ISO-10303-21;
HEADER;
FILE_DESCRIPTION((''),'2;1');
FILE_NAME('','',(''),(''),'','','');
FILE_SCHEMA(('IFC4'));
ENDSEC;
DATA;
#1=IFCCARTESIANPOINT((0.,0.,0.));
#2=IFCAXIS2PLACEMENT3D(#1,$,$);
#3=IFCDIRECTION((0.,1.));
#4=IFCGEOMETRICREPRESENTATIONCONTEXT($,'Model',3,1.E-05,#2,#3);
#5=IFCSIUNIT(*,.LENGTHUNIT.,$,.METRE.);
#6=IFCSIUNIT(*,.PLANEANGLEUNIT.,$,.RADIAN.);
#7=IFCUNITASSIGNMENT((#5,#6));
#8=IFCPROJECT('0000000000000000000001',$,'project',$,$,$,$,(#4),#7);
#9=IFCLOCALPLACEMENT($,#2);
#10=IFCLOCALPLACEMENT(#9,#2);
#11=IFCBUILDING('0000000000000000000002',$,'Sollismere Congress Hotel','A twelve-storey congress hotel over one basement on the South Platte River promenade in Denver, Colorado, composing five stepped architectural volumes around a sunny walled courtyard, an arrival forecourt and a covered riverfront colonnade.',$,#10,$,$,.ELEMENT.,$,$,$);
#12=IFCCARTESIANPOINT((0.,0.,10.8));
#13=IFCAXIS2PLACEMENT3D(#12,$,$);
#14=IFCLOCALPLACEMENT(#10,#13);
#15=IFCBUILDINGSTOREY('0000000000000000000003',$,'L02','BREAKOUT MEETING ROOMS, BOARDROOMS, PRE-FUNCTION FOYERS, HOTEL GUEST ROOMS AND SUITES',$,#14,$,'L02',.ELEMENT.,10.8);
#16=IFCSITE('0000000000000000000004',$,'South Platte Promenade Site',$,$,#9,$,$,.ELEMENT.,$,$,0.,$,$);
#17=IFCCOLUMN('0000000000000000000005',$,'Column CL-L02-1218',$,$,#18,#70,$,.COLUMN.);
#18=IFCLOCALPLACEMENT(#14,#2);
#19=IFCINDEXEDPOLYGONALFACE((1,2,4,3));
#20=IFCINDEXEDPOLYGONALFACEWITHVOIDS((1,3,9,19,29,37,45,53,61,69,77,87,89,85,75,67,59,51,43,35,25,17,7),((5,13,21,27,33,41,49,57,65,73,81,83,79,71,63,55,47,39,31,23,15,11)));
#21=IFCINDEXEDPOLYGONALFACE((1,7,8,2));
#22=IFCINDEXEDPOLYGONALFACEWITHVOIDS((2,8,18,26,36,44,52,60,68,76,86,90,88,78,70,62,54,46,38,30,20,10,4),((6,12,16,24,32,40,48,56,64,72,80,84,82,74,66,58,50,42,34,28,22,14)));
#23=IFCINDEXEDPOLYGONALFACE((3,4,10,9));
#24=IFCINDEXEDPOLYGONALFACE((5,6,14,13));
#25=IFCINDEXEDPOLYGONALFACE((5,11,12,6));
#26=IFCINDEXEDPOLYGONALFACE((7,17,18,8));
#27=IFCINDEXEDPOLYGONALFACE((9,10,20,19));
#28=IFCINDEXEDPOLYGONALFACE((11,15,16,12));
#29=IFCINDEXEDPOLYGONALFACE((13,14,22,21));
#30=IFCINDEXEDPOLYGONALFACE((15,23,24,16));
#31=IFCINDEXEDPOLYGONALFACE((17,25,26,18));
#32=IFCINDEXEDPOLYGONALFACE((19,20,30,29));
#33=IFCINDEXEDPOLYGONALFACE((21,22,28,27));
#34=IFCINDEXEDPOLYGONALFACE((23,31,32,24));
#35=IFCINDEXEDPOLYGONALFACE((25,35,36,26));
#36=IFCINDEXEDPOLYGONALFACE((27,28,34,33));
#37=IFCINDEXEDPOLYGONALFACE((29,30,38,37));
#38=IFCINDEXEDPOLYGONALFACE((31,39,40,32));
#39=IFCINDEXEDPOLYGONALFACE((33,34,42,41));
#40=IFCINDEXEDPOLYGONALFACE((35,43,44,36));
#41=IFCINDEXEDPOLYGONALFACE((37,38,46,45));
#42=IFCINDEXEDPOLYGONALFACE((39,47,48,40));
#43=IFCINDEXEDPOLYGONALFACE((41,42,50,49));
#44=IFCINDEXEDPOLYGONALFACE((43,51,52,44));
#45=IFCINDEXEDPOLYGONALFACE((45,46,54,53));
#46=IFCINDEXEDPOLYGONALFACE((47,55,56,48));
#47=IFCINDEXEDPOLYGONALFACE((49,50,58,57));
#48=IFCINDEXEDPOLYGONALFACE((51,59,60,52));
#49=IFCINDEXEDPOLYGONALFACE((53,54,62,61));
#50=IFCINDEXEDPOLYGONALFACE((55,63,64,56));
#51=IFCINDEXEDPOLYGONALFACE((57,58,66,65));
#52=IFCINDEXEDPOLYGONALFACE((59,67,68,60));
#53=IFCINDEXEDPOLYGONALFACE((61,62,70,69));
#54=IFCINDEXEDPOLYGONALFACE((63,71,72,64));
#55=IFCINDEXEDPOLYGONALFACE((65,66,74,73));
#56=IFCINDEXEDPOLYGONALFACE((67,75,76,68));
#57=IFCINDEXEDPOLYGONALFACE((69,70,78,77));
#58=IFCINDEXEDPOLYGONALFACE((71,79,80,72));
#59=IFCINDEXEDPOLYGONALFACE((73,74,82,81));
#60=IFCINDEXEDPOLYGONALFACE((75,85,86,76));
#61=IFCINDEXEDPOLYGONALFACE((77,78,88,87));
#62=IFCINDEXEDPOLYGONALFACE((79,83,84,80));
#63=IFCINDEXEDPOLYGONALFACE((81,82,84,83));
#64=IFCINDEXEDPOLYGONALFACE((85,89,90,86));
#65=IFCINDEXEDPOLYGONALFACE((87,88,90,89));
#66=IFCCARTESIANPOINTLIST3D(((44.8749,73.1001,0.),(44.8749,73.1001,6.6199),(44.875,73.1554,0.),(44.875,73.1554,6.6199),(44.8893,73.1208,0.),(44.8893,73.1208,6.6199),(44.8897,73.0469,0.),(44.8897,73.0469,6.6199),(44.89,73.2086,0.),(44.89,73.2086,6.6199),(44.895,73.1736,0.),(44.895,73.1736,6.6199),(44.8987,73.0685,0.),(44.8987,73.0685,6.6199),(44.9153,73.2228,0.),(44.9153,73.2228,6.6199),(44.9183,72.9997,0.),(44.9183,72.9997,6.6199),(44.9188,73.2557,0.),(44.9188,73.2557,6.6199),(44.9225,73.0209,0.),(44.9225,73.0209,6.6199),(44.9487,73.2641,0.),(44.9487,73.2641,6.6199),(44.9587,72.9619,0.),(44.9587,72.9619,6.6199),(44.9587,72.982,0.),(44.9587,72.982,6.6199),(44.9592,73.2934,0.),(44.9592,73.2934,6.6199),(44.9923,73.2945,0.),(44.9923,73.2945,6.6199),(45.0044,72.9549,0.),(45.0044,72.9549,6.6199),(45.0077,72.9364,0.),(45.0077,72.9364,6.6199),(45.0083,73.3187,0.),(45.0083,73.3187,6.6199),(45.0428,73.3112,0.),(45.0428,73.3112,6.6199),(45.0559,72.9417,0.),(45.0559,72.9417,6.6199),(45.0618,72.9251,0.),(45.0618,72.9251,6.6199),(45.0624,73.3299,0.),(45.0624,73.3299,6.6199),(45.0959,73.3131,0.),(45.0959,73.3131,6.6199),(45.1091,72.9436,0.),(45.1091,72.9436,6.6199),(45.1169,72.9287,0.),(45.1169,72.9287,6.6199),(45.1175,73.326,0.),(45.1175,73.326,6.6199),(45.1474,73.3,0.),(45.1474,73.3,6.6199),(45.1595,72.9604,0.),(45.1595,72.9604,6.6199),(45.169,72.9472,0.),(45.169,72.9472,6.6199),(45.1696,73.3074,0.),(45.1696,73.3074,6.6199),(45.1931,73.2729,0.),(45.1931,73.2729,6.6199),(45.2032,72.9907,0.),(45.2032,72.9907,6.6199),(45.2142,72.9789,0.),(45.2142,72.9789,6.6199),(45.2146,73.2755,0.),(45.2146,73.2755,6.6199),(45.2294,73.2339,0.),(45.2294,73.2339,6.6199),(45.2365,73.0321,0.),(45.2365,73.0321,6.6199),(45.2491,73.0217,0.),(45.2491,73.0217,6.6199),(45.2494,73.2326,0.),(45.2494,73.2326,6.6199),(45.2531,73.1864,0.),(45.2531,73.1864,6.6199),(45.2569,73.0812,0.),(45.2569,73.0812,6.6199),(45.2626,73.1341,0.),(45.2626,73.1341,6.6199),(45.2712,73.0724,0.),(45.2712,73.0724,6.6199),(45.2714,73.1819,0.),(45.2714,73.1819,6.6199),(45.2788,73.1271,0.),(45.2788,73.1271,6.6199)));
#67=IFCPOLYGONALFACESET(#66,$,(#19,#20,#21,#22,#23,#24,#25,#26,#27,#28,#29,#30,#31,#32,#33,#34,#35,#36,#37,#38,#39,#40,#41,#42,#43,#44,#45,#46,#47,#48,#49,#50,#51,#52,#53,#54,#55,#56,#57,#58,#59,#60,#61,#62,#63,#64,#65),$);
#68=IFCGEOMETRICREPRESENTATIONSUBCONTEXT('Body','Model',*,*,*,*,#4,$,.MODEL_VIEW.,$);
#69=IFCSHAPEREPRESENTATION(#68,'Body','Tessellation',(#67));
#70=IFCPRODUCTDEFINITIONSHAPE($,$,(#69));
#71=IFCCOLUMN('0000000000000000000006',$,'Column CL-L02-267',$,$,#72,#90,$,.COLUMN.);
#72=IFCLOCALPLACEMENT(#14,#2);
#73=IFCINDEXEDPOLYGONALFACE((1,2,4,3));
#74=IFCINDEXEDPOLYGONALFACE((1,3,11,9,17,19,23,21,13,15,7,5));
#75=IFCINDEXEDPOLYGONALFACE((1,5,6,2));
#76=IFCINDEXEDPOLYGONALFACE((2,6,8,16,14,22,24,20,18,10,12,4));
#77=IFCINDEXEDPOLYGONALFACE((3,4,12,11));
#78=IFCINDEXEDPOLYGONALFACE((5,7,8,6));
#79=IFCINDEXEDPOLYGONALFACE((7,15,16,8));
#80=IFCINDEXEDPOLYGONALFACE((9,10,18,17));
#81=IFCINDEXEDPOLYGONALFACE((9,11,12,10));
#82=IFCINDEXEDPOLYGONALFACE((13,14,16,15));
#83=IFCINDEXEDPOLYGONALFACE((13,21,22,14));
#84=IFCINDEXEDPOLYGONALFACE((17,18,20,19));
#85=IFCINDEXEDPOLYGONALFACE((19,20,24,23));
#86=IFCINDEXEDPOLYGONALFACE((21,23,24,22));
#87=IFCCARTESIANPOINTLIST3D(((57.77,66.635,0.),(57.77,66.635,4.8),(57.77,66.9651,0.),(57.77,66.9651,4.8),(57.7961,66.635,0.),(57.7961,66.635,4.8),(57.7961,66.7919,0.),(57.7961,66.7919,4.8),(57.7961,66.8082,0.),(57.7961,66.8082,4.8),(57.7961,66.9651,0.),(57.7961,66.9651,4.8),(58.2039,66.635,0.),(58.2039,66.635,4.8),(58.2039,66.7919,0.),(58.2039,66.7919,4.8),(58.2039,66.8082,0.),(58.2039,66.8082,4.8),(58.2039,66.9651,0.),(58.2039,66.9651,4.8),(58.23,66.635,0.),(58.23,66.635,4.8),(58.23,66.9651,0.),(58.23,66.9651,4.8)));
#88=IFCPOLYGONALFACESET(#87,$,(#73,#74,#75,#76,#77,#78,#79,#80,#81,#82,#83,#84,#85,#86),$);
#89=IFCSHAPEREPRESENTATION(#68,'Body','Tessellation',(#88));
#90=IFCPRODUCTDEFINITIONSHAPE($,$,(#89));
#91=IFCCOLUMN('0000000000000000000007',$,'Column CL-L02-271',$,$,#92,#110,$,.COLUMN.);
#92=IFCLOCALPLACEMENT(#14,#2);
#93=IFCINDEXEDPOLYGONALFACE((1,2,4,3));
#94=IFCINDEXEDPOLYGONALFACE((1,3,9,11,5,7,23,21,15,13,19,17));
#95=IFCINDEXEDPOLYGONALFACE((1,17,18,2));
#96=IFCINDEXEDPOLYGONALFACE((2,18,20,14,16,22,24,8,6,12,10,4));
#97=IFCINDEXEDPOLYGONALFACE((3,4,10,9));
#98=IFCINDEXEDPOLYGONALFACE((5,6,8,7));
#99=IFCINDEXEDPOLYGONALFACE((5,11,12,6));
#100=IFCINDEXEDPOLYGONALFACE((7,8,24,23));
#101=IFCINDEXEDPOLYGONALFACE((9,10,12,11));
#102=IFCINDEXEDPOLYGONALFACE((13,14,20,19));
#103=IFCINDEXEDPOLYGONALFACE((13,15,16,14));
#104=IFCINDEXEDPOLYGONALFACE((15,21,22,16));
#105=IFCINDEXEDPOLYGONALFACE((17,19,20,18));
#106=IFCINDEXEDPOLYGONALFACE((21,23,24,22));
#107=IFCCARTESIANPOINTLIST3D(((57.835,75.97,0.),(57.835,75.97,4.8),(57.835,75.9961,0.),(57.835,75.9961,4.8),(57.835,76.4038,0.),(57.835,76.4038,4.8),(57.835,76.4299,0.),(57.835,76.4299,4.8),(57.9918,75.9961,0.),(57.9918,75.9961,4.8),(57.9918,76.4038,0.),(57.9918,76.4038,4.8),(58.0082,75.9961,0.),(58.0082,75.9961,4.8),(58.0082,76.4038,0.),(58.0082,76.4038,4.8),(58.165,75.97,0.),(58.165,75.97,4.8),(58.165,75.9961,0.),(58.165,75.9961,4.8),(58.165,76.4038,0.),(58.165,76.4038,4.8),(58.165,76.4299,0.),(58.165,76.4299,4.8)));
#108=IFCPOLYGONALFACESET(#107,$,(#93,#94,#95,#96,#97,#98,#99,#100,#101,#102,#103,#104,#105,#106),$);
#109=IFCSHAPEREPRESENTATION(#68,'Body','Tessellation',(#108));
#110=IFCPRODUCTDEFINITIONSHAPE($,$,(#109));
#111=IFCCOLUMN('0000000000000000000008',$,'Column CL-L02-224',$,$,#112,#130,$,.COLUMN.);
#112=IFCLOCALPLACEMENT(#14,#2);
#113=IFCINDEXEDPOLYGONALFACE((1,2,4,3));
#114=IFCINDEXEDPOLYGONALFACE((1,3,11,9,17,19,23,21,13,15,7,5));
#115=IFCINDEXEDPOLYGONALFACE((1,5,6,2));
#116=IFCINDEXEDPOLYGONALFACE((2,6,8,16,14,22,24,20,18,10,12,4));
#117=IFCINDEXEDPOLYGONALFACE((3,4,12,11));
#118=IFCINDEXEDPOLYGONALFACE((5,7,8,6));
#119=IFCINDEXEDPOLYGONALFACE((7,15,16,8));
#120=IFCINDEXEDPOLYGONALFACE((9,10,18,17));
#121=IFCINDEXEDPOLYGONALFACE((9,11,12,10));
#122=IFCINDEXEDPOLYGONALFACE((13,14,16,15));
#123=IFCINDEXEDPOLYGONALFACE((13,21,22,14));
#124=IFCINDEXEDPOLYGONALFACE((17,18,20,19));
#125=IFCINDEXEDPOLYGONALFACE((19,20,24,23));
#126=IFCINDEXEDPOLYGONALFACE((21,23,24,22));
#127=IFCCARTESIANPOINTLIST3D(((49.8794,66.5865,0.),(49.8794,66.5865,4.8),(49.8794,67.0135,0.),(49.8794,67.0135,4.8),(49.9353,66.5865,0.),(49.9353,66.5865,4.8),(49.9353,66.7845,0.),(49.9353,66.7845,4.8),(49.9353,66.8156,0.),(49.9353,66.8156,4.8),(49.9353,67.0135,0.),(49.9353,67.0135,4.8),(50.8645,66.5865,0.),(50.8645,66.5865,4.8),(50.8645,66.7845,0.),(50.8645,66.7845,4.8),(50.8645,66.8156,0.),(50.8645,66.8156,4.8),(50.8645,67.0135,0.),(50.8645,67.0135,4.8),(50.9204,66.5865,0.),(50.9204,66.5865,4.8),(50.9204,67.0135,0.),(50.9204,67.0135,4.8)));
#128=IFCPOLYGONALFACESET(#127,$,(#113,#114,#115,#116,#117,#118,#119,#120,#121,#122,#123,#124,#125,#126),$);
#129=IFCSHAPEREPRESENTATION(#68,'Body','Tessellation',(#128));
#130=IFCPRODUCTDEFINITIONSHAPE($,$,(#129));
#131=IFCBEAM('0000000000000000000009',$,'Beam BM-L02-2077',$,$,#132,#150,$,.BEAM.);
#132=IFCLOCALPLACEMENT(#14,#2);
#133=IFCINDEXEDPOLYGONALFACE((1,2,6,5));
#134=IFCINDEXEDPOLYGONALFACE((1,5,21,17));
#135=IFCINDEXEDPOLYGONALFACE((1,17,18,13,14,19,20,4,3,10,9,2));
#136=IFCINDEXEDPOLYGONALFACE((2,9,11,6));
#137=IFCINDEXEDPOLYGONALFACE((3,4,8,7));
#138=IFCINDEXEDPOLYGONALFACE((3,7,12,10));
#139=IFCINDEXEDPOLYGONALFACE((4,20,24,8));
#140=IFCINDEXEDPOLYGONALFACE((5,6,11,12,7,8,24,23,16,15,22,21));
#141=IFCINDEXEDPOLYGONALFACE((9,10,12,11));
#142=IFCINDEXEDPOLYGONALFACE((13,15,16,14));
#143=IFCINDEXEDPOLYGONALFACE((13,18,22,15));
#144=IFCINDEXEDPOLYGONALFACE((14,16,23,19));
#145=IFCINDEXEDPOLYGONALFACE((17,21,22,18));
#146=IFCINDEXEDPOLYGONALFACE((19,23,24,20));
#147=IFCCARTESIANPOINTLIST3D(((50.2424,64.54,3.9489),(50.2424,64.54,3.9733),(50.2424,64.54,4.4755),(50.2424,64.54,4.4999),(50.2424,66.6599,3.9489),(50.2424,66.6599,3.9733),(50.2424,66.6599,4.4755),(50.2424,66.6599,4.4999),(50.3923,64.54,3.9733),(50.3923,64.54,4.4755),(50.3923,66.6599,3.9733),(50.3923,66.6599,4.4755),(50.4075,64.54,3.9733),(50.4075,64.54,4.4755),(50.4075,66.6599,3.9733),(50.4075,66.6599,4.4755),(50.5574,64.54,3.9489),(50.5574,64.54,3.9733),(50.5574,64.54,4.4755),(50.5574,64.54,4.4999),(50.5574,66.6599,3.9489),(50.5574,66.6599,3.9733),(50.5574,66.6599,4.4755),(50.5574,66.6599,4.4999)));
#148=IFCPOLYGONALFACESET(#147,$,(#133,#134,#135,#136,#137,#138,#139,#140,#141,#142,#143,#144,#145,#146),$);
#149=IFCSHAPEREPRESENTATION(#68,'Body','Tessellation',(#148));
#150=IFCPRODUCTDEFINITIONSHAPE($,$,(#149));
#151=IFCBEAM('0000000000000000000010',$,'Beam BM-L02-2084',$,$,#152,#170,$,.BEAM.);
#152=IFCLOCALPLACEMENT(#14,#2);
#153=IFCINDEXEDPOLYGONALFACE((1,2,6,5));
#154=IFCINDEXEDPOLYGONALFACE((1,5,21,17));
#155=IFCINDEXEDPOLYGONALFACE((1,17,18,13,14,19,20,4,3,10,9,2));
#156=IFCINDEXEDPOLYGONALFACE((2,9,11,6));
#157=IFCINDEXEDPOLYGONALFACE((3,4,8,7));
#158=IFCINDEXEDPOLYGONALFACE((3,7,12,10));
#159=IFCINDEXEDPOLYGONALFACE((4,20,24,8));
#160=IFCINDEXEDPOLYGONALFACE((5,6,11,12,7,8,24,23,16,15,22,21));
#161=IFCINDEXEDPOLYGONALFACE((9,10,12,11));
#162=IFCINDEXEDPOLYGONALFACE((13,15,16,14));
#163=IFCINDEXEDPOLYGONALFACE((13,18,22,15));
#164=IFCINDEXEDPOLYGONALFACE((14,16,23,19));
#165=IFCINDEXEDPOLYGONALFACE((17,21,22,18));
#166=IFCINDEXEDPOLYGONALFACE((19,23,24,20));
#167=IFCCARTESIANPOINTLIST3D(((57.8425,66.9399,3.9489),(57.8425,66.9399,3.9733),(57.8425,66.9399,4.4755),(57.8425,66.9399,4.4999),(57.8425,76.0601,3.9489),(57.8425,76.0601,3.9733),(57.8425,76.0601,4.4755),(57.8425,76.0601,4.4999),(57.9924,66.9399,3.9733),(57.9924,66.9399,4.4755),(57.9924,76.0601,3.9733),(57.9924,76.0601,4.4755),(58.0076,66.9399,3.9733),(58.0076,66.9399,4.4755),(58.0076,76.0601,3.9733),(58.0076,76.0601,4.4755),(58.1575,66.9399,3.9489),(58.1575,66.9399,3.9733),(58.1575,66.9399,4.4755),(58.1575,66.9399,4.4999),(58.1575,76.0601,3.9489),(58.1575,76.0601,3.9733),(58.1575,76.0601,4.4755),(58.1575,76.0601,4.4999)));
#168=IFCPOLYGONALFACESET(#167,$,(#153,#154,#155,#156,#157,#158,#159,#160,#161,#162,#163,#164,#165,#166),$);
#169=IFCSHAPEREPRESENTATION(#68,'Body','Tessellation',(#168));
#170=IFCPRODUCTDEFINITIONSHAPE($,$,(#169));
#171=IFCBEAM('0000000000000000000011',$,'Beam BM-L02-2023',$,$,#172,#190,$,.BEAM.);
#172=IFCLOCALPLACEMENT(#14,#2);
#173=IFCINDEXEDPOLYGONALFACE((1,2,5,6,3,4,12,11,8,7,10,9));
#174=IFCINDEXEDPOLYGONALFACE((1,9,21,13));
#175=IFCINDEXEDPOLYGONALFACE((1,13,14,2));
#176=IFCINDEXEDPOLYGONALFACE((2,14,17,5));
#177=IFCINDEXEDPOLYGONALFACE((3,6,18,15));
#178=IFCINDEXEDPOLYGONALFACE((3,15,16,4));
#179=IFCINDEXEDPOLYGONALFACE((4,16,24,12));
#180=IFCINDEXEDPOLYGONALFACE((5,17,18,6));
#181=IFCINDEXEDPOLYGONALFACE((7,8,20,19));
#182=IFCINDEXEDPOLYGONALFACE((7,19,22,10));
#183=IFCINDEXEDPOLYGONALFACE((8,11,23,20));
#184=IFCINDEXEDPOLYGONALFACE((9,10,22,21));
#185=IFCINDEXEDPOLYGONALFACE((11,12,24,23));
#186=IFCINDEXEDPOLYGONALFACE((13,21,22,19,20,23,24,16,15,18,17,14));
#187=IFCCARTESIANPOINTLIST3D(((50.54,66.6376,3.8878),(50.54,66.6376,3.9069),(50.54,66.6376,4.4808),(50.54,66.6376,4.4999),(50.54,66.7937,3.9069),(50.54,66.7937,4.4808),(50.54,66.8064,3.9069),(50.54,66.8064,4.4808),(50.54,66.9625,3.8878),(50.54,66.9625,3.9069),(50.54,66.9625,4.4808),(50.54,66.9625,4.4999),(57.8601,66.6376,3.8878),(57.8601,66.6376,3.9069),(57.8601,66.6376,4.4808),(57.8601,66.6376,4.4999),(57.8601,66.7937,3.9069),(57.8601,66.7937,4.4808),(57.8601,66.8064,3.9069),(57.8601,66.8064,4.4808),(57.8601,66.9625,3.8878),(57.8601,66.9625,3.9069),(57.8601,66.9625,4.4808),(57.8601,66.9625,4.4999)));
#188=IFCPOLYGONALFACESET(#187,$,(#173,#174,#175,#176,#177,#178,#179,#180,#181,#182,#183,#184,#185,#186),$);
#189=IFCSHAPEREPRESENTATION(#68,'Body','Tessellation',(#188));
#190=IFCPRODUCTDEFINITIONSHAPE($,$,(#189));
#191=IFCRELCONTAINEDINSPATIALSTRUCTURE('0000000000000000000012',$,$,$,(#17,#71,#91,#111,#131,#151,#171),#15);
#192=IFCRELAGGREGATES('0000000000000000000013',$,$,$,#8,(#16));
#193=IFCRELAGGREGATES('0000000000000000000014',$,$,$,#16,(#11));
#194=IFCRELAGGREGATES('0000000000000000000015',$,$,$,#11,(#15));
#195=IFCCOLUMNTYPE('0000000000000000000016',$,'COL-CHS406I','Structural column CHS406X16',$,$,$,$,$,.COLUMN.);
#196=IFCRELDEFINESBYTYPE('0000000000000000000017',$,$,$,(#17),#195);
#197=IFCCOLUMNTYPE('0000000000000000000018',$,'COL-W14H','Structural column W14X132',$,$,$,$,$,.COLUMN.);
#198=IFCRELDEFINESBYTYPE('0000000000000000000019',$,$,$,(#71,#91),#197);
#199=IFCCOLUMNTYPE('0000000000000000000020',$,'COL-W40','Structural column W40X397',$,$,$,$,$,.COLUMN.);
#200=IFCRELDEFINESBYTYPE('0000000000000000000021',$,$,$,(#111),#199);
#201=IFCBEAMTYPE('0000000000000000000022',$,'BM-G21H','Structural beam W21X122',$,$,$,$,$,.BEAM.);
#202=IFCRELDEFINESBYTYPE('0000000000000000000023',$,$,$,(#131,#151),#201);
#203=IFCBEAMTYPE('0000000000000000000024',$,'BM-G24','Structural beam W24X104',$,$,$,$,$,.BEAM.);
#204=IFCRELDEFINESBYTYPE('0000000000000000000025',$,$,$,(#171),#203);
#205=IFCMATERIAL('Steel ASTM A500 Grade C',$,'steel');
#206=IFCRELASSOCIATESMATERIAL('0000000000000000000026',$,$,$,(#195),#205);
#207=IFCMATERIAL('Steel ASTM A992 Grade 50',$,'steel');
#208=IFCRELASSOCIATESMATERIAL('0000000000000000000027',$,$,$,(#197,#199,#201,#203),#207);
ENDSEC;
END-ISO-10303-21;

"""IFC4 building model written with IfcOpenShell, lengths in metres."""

from ifc_helpers import new_model, si_unit, direction, frame, origin, origin_2d, place, context, subcontext, project, spatial, hollow_circle, i_section, extrude, material, material_profile, profile_set, type_object, element, save


model = new_model("IFC4")

# Units and contexts
model_context = context("Model", 3, precision=1e-05, world=origin(), true_north=direction((0.0, 1.0)))
body_context = subcontext(model_context, "Body", "Model", "MODEL_VIEW")
ifc_project = project(units=[si_unit("LENGTHUNIT", "METRE"), si_unit("PLANEANGLEUNIT", "RADIAN")], contexts=[model_context])

# Site, building, storey
site_placement = place(None, origin())
site = spatial("IfcSite", under=ifc_project, at=site_placement, Name="South Platte Promenade Site", CompositionType="ELEMENT", RefElevation=0.0)
building_placement = place(site_placement, origin())
building = spatial("IfcBuilding", under=site, at=building_placement, Name="Sollismere Congress Hotel", Description="A twelve-storey congress hotel over one basement on the South Platte River promenade in Denver, Colorado, composing five stepped architectural volumes around a sunny walled courtyard, an arrival forecourt and a covered riverfront colonnade.", CompositionType="ELEMENT")
storey_placement = place(building_placement, frame((0.0, 0.0, 10.8)))
storey = spatial("IfcBuildingStorey", under=building, at=storey_placement, Name="L02", Description="BREAKOUT MEETING ROOMS, BOARDROOMS, PRE-FUNCTION FOYERS, HOTEL GUEST ROOMS AND SUITES", LongName="L02", CompositionType="ELEMENT", Elevation=10.8)

# Columns
ifc_material_1 = material(Name="Steel ASTM A500 Grade C", Category="steel")
ifc_material_profile_1 = material_profile(ifc_material_1, hollow_circle(Radius=0.2029, WallThickness=0.0161, at=origin_2d()), Name="CHS406X16")
ifc_profile_set_1 = profile_set([ifc_material_profile_1], Name="Steel ASTM A500 Grade C")
column_type_1 = type_object("IfcColumnType", Name="COL-CHS406I", Description="Structural column CHS406X16", PredefinedType="COLUMN", material=ifc_profile_set_1)
column_1_placement = place(storey_placement, frame((45.0759, 73.1274, 0.0), z_axis=(0.0, 0.0, 1.0), x_axis=(0.68136, -0.731949, 0.0)))
element("IfcColumn", 1, at=column_1_placement, inside=storey, type_object=column_type_1, Name="Column CL-L02-1218", PredefinedType="COLUMN", context=body_context, shape_type="SweptSolid", body=[
    extrude(hollow_circle(Radius=0.2029, WallThickness=0.0161, at=origin_2d()), origin(), (0.0, 0.0, 1.0), 6.6199),
])
ifc_material_2 = material(Name="Steel ASTM A992 Grade 50", Category="steel")
ifc_material_profile_2 = material_profile(ifc_material_2, i_section(OverallWidth=0.3301, OverallDepth=0.46, WebThickness=0.0164, FlangeThickness=0.0261, at=origin_2d()), Name="W14X132")
ifc_profile_set_2 = profile_set([ifc_material_profile_2], Name="Steel ASTM A992 Grade 50")
column_type_2 = type_object("IfcColumnType", Name="COL-W14H", Description="Structural column W14X132", PredefinedType="COLUMN", material=ifc_profile_set_2)
for number, where, z_axis, x_axis, name in (
    (2, (58.0, 66.8, 0.0), (0.0, 0.0, 1.0), (0.0, 1.0, 0.0), "Column CL-L02-267"),
    (3, (58.0, 76.2, 0.0), (0.0, 0.0, 1.0), (1.0, 0.0, 0.0), "Column CL-L02-271"),
):
    element("IfcColumn", number, at=place(storey_placement, frame(where, z_axis=z_axis, x_axis=x_axis)), inside=storey, type_object=column_type_2, Name=name, PredefinedType="COLUMN", context=body_context, shape_type="SweptSolid", body=[
        extrude(i_section(OverallWidth=0.3301, OverallDepth=0.46, WebThickness=0.0164, FlangeThickness=0.0261, at=origin_2d()), origin(), (0.0, 0.0, 1.0), 4.8),
    ])
ifc_material_profile_3 = material_profile(ifc_material_2, i_section(OverallWidth=0.427, OverallDepth=1.041, WebThickness=0.031, FlangeThickness=0.0559, at=origin_2d()), Name="W40X397")
ifc_profile_set_3 = profile_set([ifc_material_profile_3], Name="Steel ASTM A992 Grade 50")
column_type_3 = type_object("IfcColumnType", Name="COL-W40", Description="Structural column W40X397", PredefinedType="COLUMN", material=ifc_profile_set_3)
column_2_placement = place(storey_placement, frame((50.3999, 66.8, 0.0), z_axis=(0.0, 0.0, 1.0), x_axis=(0.0, 1.0, 0.0)))
element("IfcColumn", 4, at=column_2_placement, inside=storey, type_object=column_type_3, Name="Column CL-L02-224", PredefinedType="COLUMN", context=body_context, shape_type="SweptSolid", body=[
    extrude(i_section(OverallWidth=0.427, OverallDepth=1.041, WebThickness=0.031, FlangeThickness=0.0559, at=origin_2d()), origin(), (0.0, 0.0, 1.0), 4.8),
])

# Beams
ifc_material_profile_4 = material_profile(ifc_material_2, i_section(OverallWidth=0.3149, OverallDepth=0.551, WebThickness=0.0151, FlangeThickness=0.0244, at=origin_2d()), Name="W21X122")
ifc_profile_set_4 = profile_set([ifc_material_profile_4], Name="Steel ASTM A992 Grade 50")
beam_type_1 = type_object("IfcBeamType", Name="BM-G21H", Description="Structural beam W21X122", PredefinedType="BEAM", material=ifc_profile_set_4)
beam_1_placement = place(storey_placement, frame((50.3999, 64.54, 4.2244), z_axis=(0.0, 1.0, 0.0), x_axis=(-1.0, 0.0, 0.0)))
element("IfcBeam", 5, at=beam_1_placement, inside=storey, type_object=beam_type_1, Name="Beam BM-L02-2077", PredefinedType="BEAM", context=body_context, shape_type="SweptSolid", body=[
    extrude(i_section(OverallWidth=0.3149, OverallDepth=0.551, WebThickness=0.0151, FlangeThickness=0.0244, at=origin_2d()), origin(), (0.0, 0.0, 1.0), 2.1199),
])
beam_2_placement = place(storey_placement, frame((58.0, 66.9399, 4.2244), z_axis=(0.0, 1.0, 0.0), x_axis=(-1.0, 0.0, 0.0)))
element("IfcBeam", 6, at=beam_2_placement, inside=storey, type_object=beam_type_1, Name="Beam BM-L02-2084", PredefinedType="BEAM", context=body_context, shape_type="SweptSolid", body=[
    extrude(i_section(OverallWidth=0.3149, OverallDepth=0.551, WebThickness=0.0151, FlangeThickness=0.0244, at=origin_2d()), origin(), (0.0, 0.0, 1.0), 9.1201),
])
ifc_material_profile_5 = material_profile(ifc_material_2, i_section(OverallWidth=0.325, OverallDepth=0.6121, WebThickness=0.0127, FlangeThickness=0.019, at=origin_2d()), Name="W24X104")
ifc_profile_set_5 = profile_set([ifc_material_profile_5], Name="Steel ASTM A992 Grade 50")
beam_type_2 = type_object("IfcBeamType", Name="BM-G24", Description="Structural beam W24X104", PredefinedType="BEAM", material=ifc_profile_set_5)
beam_3_placement = place(storey_placement, frame((50.54, 66.8, 4.1938), z_axis=(1.0, 0.0, 0.0), x_axis=(0.0, 1.0, 0.0)))
element("IfcBeam", 7, at=beam_3_placement, inside=storey, type_object=beam_type_2, Name="Beam BM-L02-2023", PredefinedType="BEAM", context=body_context, shape_type="SweptSolid", body=[
    extrude(i_section(OverallWidth=0.325, OverallDepth=0.6121, WebThickness=0.0127, FlangeThickness=0.019, at=origin_2d()), origin(), (0.0, 0.0, 1.0), 7.3201),
])

save(model, "model.ifc")
